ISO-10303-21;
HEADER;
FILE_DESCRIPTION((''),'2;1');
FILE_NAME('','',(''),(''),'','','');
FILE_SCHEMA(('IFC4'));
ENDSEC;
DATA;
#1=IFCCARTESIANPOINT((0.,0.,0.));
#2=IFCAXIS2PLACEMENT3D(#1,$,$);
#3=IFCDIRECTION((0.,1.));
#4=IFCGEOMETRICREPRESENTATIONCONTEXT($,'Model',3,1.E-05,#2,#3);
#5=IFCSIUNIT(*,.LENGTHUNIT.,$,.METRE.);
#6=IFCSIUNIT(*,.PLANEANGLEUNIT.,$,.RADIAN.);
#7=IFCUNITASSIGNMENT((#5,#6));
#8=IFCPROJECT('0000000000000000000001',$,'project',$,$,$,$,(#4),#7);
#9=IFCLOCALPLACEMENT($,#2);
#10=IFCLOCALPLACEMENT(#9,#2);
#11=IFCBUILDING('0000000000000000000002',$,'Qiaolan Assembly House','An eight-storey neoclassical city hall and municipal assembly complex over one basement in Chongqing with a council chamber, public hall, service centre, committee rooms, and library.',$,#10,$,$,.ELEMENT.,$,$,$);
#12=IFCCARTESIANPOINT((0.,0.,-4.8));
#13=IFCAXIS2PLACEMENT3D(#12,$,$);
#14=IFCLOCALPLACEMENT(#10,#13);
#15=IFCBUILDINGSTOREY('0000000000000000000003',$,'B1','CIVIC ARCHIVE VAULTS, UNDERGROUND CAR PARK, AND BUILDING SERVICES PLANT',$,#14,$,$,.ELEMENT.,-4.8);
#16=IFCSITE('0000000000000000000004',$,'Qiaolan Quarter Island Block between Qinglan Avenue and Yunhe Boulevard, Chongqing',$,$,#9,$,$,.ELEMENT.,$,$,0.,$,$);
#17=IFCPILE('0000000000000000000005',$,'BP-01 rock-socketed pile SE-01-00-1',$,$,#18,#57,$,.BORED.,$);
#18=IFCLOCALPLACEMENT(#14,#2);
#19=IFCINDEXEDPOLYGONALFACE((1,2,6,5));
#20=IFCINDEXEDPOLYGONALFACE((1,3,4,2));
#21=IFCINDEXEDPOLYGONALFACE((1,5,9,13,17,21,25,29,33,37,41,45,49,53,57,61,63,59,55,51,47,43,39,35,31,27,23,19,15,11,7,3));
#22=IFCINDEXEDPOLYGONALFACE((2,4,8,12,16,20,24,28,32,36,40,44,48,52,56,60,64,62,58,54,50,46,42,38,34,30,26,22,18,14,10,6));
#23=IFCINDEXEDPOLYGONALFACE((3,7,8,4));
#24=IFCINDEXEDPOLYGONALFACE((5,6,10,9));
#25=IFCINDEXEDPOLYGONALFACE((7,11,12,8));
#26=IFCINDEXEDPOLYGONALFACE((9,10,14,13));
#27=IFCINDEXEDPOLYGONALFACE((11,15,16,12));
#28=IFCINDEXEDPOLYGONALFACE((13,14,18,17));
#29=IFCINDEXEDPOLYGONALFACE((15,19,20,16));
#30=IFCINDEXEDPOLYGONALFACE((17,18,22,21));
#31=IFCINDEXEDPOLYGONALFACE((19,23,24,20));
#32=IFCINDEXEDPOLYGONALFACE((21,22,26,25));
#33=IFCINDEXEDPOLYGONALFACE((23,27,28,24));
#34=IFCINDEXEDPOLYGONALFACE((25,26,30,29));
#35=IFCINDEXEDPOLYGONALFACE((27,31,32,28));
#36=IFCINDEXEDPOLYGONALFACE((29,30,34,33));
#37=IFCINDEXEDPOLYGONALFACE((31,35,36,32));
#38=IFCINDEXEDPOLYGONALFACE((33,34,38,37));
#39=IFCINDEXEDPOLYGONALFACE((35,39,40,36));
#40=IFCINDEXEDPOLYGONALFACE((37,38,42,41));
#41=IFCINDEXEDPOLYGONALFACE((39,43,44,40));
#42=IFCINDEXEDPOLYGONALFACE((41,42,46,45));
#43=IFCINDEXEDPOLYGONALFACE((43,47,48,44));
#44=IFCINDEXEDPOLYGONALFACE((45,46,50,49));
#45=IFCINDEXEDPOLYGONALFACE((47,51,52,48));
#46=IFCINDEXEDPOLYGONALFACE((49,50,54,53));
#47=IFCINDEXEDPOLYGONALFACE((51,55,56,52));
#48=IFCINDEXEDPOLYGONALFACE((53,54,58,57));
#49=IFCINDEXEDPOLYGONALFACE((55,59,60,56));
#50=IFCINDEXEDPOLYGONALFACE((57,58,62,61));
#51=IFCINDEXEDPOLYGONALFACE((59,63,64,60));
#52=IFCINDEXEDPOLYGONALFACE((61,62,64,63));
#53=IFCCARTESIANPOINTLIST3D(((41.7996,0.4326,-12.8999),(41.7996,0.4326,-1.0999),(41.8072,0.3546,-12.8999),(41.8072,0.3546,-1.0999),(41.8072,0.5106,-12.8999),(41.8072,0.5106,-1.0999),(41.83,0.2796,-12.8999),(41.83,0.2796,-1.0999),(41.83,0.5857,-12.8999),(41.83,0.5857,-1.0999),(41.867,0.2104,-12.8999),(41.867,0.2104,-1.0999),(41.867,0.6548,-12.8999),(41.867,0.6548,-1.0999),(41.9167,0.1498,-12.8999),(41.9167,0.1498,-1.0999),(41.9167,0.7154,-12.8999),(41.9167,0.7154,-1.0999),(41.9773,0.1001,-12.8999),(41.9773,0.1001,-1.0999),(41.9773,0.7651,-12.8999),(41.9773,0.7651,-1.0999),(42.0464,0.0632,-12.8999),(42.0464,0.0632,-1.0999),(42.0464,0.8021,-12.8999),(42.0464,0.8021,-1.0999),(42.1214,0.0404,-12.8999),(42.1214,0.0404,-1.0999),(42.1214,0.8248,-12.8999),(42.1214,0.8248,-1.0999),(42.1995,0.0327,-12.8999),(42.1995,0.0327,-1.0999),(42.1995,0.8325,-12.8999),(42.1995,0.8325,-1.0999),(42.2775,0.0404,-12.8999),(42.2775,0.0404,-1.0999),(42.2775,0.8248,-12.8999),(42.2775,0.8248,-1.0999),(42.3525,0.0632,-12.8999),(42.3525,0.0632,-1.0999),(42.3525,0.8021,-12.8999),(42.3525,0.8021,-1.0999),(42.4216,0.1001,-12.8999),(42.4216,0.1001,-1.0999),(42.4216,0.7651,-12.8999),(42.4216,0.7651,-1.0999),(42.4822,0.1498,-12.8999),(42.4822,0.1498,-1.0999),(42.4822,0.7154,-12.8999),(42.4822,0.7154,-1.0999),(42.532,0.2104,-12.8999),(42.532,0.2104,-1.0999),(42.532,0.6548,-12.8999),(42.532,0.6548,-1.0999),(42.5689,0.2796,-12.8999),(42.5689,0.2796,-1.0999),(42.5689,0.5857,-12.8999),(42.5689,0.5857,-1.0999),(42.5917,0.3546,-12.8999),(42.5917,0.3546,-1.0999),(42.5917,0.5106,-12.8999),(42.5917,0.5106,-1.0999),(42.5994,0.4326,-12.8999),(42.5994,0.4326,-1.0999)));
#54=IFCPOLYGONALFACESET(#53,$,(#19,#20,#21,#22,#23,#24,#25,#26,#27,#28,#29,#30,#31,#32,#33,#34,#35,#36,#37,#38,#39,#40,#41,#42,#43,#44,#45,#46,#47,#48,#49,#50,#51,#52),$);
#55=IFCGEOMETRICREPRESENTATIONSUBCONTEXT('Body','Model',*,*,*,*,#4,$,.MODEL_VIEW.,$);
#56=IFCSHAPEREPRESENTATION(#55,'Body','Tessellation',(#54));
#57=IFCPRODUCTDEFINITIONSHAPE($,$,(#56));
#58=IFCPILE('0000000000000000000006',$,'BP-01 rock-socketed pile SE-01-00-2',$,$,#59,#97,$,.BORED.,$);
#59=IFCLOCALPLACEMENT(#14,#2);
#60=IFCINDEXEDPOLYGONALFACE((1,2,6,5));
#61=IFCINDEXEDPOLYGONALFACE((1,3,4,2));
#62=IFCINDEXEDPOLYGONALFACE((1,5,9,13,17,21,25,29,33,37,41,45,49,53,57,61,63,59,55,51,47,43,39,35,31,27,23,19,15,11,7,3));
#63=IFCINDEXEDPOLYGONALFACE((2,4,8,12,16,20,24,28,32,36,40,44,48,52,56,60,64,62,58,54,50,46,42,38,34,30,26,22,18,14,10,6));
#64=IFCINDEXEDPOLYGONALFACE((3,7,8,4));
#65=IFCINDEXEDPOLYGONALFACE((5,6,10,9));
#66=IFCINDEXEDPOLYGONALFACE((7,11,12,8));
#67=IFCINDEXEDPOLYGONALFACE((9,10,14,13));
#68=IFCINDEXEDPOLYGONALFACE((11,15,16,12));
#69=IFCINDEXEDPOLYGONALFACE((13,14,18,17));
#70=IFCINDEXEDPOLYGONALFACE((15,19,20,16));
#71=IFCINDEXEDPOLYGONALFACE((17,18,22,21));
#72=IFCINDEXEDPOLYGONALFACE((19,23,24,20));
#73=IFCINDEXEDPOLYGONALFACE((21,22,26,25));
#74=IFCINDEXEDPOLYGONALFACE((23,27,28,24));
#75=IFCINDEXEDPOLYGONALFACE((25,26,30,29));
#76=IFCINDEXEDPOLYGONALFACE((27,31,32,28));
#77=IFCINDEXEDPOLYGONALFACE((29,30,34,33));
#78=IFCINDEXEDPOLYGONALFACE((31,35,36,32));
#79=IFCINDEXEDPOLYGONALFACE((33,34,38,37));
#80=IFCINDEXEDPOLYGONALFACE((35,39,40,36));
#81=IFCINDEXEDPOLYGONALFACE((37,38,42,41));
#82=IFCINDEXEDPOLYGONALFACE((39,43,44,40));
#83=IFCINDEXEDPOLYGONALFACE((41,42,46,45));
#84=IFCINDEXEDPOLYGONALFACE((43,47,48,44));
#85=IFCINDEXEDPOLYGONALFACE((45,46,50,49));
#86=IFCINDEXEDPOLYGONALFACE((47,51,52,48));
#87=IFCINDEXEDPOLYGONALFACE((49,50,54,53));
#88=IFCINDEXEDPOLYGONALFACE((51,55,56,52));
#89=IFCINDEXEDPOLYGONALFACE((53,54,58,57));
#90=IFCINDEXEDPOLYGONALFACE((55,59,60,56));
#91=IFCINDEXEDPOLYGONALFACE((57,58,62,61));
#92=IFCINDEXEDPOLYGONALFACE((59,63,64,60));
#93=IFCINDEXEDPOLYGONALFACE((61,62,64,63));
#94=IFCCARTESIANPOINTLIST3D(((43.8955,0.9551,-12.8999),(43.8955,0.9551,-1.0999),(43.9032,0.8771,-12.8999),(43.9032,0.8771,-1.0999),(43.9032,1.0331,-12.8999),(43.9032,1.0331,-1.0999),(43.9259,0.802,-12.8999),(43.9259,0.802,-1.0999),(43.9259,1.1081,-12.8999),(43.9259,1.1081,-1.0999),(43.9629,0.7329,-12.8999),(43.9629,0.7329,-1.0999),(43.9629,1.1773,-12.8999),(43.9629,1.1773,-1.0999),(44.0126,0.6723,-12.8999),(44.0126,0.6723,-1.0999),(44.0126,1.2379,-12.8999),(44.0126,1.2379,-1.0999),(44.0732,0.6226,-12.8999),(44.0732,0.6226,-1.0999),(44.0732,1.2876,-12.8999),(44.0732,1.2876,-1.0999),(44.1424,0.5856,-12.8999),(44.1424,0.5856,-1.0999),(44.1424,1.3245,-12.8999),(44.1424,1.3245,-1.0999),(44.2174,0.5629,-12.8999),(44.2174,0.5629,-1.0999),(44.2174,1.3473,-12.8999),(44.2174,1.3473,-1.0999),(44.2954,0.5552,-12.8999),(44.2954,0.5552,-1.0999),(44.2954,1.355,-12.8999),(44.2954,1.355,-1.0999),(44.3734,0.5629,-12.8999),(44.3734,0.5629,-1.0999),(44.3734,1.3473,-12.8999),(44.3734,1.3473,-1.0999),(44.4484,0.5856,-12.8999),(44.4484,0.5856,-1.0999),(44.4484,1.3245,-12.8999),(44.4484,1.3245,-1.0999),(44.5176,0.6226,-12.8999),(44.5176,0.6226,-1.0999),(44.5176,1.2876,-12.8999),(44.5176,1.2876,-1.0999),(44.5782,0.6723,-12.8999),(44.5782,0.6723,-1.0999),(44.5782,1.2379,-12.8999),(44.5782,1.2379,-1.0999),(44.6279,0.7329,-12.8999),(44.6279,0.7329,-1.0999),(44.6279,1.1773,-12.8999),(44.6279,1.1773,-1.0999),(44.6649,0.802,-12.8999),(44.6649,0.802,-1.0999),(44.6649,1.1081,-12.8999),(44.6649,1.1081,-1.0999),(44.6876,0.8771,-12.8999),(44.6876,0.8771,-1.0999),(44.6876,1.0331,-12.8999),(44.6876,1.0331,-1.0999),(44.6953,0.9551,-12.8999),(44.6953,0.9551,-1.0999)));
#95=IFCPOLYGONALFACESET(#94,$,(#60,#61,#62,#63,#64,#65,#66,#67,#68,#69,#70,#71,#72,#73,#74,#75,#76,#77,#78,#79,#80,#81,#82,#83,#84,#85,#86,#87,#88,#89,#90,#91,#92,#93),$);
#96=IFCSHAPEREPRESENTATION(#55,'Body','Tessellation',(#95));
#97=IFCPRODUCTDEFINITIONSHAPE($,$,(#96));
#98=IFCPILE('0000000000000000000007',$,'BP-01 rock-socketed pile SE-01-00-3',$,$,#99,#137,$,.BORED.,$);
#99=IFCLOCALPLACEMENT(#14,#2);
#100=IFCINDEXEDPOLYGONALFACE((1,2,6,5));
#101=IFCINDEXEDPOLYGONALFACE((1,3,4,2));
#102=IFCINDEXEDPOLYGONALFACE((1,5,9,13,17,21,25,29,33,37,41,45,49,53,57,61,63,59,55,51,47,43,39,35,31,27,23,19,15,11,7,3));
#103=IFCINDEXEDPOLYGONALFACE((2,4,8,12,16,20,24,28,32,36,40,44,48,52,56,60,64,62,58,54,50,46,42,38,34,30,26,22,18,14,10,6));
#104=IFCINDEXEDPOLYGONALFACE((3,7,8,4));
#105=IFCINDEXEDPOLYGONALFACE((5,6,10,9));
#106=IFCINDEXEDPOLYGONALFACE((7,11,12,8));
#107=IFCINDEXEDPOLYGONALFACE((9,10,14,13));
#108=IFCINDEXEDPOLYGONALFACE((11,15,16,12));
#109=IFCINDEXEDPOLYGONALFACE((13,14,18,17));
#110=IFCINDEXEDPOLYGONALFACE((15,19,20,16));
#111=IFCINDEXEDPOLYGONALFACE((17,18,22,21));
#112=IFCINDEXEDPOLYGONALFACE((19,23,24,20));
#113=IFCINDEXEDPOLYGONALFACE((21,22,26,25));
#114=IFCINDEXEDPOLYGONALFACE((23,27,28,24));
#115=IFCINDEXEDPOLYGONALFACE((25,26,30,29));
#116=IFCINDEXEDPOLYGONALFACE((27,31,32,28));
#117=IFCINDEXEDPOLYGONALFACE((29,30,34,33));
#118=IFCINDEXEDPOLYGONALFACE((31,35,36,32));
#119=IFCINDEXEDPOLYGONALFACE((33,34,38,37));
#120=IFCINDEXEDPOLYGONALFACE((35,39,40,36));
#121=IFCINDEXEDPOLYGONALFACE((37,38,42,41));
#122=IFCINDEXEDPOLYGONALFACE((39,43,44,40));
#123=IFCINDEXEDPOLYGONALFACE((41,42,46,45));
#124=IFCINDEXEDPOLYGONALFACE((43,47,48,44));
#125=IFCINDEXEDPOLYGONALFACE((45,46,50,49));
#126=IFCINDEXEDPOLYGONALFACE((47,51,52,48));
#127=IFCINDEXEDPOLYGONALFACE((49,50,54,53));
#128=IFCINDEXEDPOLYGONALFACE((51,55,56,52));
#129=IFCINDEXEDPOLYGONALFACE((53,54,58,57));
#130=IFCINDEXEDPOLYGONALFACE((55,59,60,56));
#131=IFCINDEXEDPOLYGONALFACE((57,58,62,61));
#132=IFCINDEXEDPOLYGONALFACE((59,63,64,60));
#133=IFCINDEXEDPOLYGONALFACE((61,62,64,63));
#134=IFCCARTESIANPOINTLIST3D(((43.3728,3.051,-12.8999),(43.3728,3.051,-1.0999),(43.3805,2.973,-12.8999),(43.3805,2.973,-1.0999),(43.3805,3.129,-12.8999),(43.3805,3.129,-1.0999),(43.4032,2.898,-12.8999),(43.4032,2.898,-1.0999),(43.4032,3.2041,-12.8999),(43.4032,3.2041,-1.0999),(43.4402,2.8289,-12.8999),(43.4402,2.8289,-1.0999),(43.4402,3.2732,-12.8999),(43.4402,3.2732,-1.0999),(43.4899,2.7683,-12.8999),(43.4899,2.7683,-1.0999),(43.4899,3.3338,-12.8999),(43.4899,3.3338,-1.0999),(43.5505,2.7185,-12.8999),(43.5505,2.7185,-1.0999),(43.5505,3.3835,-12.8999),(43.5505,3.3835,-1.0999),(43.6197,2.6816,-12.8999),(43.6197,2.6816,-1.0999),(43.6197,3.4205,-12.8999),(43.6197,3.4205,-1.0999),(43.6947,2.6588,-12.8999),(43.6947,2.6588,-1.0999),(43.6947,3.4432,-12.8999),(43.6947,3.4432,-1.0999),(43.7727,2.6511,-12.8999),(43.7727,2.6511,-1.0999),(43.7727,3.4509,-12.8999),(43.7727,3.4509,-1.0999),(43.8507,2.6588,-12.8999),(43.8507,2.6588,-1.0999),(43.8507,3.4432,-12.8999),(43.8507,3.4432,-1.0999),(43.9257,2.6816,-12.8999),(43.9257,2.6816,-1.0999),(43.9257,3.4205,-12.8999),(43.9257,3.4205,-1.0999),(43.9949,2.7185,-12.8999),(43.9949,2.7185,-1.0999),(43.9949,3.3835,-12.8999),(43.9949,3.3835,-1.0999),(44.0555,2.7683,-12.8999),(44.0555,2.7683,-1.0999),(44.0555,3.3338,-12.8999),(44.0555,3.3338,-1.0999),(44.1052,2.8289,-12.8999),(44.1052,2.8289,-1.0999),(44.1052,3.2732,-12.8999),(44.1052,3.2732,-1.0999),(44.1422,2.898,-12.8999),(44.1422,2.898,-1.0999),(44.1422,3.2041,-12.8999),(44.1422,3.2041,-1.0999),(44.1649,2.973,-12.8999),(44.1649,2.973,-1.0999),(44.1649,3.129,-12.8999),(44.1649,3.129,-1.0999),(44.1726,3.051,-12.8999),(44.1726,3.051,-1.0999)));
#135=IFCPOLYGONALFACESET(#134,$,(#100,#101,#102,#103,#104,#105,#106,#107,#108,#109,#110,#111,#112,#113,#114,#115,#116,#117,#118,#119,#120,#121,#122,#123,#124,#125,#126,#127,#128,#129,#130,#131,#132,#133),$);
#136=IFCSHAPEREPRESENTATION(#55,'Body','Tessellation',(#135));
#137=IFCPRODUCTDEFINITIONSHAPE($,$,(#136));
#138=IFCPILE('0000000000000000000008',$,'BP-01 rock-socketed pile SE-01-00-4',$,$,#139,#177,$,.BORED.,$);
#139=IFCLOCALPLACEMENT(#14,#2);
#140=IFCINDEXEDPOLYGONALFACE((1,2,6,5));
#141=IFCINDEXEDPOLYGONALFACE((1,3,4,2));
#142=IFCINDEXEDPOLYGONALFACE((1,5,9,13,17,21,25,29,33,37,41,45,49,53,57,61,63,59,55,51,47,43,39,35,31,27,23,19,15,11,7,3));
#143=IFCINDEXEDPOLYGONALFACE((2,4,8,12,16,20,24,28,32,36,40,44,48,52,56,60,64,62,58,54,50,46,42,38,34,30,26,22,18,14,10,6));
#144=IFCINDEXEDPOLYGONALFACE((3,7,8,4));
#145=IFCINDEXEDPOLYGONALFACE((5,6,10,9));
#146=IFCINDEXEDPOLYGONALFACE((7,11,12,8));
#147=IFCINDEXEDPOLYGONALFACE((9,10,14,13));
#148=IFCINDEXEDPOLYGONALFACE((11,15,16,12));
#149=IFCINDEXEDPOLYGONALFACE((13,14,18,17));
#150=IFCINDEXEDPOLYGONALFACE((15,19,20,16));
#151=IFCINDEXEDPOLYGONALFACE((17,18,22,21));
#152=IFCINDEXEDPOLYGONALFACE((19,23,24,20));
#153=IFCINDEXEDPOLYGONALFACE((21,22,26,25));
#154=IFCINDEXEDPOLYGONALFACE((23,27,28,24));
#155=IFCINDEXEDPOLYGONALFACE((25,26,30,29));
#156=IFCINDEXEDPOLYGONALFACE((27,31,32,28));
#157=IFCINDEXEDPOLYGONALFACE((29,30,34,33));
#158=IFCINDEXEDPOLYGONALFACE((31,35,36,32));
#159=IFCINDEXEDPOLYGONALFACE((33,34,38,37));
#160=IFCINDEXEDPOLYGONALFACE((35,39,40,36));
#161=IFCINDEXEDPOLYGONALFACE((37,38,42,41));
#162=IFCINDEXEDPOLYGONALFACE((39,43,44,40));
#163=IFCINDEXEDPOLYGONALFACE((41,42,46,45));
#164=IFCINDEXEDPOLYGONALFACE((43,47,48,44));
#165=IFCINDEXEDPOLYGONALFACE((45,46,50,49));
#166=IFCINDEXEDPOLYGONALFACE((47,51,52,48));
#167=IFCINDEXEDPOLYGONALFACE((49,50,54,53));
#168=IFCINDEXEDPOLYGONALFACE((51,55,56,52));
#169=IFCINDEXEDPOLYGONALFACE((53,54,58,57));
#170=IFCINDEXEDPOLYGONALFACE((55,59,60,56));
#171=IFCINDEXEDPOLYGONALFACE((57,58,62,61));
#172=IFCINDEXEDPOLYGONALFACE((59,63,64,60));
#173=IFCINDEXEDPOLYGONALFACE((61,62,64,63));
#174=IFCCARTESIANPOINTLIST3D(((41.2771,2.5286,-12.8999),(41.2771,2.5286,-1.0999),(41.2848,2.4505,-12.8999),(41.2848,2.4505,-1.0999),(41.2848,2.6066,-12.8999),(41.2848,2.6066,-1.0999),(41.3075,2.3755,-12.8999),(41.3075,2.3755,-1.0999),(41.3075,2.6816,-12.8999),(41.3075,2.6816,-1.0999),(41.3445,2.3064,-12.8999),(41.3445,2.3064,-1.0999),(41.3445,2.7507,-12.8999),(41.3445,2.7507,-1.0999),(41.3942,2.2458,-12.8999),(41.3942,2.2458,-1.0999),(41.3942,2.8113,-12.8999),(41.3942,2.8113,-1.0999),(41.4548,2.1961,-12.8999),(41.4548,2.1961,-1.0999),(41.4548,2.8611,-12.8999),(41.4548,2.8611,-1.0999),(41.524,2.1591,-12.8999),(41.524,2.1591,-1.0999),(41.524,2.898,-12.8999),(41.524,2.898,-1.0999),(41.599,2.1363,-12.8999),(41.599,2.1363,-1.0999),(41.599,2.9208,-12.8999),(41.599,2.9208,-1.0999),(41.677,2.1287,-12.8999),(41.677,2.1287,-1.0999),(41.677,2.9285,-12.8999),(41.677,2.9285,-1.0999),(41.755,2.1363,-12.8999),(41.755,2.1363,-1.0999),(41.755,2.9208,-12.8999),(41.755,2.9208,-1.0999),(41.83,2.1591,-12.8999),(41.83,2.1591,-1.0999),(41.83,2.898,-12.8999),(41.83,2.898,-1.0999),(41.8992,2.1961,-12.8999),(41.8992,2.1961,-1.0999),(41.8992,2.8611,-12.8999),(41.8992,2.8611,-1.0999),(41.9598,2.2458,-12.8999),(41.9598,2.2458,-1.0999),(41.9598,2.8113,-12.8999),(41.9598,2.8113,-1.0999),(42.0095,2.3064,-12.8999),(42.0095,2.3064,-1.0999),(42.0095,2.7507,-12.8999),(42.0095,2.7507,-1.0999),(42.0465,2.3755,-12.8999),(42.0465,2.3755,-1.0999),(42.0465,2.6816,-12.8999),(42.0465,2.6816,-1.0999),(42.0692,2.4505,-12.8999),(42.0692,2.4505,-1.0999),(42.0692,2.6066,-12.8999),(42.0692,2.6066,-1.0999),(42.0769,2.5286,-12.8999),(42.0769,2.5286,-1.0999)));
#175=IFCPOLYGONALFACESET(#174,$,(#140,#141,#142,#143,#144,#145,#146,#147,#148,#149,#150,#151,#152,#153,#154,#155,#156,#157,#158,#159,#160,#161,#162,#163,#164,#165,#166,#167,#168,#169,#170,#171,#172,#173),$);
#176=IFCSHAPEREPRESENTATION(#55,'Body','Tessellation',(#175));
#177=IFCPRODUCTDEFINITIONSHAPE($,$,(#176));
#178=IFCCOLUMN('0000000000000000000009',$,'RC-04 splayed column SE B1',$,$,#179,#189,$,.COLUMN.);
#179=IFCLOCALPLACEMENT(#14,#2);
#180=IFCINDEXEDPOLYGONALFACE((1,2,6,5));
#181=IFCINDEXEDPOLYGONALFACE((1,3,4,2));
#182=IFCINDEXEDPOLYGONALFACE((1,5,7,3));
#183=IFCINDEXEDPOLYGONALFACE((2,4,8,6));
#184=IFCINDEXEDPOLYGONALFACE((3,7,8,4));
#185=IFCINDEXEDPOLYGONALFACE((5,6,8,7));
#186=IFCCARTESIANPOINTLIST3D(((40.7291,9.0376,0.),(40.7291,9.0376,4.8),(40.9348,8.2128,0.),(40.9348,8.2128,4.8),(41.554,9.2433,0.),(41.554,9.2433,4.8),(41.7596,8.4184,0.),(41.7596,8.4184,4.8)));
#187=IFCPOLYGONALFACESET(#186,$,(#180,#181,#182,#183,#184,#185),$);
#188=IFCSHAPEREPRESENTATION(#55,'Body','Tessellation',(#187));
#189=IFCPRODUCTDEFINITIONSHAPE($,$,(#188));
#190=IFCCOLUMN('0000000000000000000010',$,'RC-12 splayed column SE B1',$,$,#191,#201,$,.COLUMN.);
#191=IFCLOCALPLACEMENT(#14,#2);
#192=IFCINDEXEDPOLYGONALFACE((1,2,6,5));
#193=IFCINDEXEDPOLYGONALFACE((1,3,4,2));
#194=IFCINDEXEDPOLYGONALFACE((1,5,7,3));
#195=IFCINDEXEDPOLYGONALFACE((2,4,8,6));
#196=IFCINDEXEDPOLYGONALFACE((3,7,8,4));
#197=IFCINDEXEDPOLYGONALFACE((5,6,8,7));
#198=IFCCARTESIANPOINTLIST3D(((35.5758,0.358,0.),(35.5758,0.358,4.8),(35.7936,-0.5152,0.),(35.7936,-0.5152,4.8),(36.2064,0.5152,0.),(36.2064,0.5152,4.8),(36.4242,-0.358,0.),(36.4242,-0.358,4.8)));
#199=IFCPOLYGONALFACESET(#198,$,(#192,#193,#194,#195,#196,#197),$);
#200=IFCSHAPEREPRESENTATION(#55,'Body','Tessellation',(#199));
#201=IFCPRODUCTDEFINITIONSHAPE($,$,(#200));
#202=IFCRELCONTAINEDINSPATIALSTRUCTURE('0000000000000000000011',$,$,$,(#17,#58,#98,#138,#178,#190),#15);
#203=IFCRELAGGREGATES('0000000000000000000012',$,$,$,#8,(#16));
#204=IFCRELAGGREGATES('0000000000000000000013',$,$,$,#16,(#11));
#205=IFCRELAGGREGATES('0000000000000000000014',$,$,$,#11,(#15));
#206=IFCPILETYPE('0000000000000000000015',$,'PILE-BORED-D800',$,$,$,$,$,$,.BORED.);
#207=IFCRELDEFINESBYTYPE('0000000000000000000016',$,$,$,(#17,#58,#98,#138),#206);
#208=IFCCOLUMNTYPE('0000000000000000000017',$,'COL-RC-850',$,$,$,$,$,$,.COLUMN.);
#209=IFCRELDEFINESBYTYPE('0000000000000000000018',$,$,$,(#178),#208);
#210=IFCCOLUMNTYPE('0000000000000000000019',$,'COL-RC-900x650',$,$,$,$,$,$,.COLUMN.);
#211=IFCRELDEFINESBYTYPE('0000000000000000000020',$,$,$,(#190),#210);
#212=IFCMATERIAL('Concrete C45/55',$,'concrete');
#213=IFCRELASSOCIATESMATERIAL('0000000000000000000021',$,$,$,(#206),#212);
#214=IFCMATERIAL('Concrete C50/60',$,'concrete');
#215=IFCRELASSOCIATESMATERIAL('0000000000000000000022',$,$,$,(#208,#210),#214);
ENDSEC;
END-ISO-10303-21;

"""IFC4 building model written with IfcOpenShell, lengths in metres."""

from ifc_helpers import new_model, si_unit, direction, frame, origin, origin_2d, place, context, subcontext, project, spatial, rectangle, circle, extrude, material, material_profile, profile_set, type_object, element, save


model = new_model("IFC4")

# Units and contexts
model_context = context("Model", 3, precision=1e-05, world=origin(), true_north=direction((0.0, 1.0)))
body_context = subcontext(model_context, "Body", "Model", "MODEL_VIEW")
ifc_project = project(units=[si_unit("LENGTHUNIT", "METRE"), si_unit("PLANEANGLEUNIT", "RADIAN")], contexts=[model_context])

# Site, building, storey
site_placement = place(None, origin())
site = spatial("IfcSite", under=ifc_project, at=site_placement, Name="Qiaolan Quarter Island Block between Qinglan Avenue and Yunhe Boulevard, Chongqing", CompositionType="ELEMENT", RefElevation=0.0)
building_placement = place(site_placement, origin())
building = spatial("IfcBuilding", under=site, at=building_placement, Name="Qiaolan Assembly House", Description="An eight-storey neoclassical city hall and municipal assembly complex over one basement in Chongqing with a council chamber, public hall, service centre, committee rooms, and library.", CompositionType="ELEMENT")
storey_placement = place(building_placement, frame((0.0, 0.0, -4.8)))
storey = spatial("IfcBuildingStorey", under=building, at=storey_placement, Name="B1", Description="CIVIC ARCHIVE VAULTS, UNDERGROUND CAR PARK, AND BUILDING SERVICES PLANT", CompositionType="ELEMENT", Elevation=-4.8)

# Piles
ifc_material_1 = material(Name="Concrete C45/55", Category="concrete")
ifc_material_profile_1 = material_profile(ifc_material_1, circle(Radius=0.3999, at=origin_2d()), Name="PILE D800")
ifc_profile_set_1 = profile_set([ifc_material_profile_1], Name="Concrete C45/55")
pile_type = type_object("IfcPileType", Name="PILE-BORED-D800", PredefinedType="BORED", material=ifc_profile_set_1)
for number, where, z_axis, x_axis, name in (
    (1, (42.1995, 0.4326, -1.0999), (0.0, 0.0, -1.0), (1.0, 0.0, 0.0), "BP-01 rock-socketed pile SE-01-00-1"),
    (2, (44.2954, 0.9551, -1.0999), (0.0, 0.0, -1.0), (1.0, 0.0, 0.0), "BP-01 rock-socketed pile SE-01-00-2"),
    (3, (43.7727, 3.051, -1.0999), (0.0, 0.0, -1.0), (1.0, 0.0, 0.0), "BP-01 rock-socketed pile SE-01-00-3"),
    (4, (41.677, 2.5286, -1.0999), (0.0, 0.0, -1.0), (1.0, 0.0, 0.0), "BP-01 rock-socketed pile SE-01-00-4"),
):
    element("IfcPile", number, at=place(storey_placement, frame(where, z_axis=z_axis, x_axis=x_axis)), inside=storey, type_object=pile_type, Name=name, PredefinedType="BORED", context=body_context, shape_type="SweptSolid", body=[
        extrude(circle(Radius=0.3999, at=origin_2d()), origin(), (0.0, 0.0, 1.0), 11.8),
    ])

# Columns
ifc_material_2 = material(Name="Concrete C50/60", Category="concrete")
ifc_material_profile_2 = material_profile(ifc_material_2, rectangle(XDim=0.8501, YDim=0.8501, at=origin_2d()), Name="RC 850x850")
ifc_profile_set_2 = profile_set([ifc_material_profile_2], Name="Concrete C50/60")
column_type_1 = type_object("IfcColumnType", Name="COL-RC-850", PredefinedType="COLUMN", material=ifc_profile_set_2)
column_1_placement = place(storey_placement, frame((41.2444, 8.728, 0.0), z_axis=(0.0, 0.0, 1.0), x_axis=(0.970296, 0.241922, 0.0)))
element("IfcColumn", 5, at=column_1_placement, inside=storey, type_object=column_type_1, Name="RC-04 splayed column SE B1", PredefinedType="COLUMN", context=body_context, shape_type="SweptSolid", body=[
    extrude(rectangle(XDim=0.8501, YDim=0.8501, at=origin_2d()), origin(), (0.0, 0.0, 1.0), 4.8),
])
ifc_material_profile_3 = material_profile(ifc_material_2, rectangle(XDim=0.6499, YDim=0.8999, at=origin_2d()), Name="RC 900x650")
ifc_profile_set_3 = profile_set([ifc_material_profile_3], Name="Concrete C50/60")
column_type_2 = type_object("IfcColumnType", Name="COL-RC-900x650", PredefinedType="COLUMN", material=ifc_profile_set_3)
for number, where, z_axis, x_axis, name in (
    (6, (36.0, 0.0, 0.0), (0.0, 0.0, 1.0), (0.970296, 0.241922, 0.0), "RC-12 splayed column SE B1"),
):
    element("IfcColumn", number, at=place(storey_placement, frame(where, z_axis=z_axis, x_axis=x_axis)), inside=storey, type_object=column_type_2, Name=name, PredefinedType="COLUMN", context=body_context, shape_type="SweptSolid", body=[
        extrude(rectangle(XDim=0.6499, YDim=0.8999, at=origin_2d()), origin(), (0.0, 0.0, 1.0), 4.8),
    ])

save(model, "model.ifc")
